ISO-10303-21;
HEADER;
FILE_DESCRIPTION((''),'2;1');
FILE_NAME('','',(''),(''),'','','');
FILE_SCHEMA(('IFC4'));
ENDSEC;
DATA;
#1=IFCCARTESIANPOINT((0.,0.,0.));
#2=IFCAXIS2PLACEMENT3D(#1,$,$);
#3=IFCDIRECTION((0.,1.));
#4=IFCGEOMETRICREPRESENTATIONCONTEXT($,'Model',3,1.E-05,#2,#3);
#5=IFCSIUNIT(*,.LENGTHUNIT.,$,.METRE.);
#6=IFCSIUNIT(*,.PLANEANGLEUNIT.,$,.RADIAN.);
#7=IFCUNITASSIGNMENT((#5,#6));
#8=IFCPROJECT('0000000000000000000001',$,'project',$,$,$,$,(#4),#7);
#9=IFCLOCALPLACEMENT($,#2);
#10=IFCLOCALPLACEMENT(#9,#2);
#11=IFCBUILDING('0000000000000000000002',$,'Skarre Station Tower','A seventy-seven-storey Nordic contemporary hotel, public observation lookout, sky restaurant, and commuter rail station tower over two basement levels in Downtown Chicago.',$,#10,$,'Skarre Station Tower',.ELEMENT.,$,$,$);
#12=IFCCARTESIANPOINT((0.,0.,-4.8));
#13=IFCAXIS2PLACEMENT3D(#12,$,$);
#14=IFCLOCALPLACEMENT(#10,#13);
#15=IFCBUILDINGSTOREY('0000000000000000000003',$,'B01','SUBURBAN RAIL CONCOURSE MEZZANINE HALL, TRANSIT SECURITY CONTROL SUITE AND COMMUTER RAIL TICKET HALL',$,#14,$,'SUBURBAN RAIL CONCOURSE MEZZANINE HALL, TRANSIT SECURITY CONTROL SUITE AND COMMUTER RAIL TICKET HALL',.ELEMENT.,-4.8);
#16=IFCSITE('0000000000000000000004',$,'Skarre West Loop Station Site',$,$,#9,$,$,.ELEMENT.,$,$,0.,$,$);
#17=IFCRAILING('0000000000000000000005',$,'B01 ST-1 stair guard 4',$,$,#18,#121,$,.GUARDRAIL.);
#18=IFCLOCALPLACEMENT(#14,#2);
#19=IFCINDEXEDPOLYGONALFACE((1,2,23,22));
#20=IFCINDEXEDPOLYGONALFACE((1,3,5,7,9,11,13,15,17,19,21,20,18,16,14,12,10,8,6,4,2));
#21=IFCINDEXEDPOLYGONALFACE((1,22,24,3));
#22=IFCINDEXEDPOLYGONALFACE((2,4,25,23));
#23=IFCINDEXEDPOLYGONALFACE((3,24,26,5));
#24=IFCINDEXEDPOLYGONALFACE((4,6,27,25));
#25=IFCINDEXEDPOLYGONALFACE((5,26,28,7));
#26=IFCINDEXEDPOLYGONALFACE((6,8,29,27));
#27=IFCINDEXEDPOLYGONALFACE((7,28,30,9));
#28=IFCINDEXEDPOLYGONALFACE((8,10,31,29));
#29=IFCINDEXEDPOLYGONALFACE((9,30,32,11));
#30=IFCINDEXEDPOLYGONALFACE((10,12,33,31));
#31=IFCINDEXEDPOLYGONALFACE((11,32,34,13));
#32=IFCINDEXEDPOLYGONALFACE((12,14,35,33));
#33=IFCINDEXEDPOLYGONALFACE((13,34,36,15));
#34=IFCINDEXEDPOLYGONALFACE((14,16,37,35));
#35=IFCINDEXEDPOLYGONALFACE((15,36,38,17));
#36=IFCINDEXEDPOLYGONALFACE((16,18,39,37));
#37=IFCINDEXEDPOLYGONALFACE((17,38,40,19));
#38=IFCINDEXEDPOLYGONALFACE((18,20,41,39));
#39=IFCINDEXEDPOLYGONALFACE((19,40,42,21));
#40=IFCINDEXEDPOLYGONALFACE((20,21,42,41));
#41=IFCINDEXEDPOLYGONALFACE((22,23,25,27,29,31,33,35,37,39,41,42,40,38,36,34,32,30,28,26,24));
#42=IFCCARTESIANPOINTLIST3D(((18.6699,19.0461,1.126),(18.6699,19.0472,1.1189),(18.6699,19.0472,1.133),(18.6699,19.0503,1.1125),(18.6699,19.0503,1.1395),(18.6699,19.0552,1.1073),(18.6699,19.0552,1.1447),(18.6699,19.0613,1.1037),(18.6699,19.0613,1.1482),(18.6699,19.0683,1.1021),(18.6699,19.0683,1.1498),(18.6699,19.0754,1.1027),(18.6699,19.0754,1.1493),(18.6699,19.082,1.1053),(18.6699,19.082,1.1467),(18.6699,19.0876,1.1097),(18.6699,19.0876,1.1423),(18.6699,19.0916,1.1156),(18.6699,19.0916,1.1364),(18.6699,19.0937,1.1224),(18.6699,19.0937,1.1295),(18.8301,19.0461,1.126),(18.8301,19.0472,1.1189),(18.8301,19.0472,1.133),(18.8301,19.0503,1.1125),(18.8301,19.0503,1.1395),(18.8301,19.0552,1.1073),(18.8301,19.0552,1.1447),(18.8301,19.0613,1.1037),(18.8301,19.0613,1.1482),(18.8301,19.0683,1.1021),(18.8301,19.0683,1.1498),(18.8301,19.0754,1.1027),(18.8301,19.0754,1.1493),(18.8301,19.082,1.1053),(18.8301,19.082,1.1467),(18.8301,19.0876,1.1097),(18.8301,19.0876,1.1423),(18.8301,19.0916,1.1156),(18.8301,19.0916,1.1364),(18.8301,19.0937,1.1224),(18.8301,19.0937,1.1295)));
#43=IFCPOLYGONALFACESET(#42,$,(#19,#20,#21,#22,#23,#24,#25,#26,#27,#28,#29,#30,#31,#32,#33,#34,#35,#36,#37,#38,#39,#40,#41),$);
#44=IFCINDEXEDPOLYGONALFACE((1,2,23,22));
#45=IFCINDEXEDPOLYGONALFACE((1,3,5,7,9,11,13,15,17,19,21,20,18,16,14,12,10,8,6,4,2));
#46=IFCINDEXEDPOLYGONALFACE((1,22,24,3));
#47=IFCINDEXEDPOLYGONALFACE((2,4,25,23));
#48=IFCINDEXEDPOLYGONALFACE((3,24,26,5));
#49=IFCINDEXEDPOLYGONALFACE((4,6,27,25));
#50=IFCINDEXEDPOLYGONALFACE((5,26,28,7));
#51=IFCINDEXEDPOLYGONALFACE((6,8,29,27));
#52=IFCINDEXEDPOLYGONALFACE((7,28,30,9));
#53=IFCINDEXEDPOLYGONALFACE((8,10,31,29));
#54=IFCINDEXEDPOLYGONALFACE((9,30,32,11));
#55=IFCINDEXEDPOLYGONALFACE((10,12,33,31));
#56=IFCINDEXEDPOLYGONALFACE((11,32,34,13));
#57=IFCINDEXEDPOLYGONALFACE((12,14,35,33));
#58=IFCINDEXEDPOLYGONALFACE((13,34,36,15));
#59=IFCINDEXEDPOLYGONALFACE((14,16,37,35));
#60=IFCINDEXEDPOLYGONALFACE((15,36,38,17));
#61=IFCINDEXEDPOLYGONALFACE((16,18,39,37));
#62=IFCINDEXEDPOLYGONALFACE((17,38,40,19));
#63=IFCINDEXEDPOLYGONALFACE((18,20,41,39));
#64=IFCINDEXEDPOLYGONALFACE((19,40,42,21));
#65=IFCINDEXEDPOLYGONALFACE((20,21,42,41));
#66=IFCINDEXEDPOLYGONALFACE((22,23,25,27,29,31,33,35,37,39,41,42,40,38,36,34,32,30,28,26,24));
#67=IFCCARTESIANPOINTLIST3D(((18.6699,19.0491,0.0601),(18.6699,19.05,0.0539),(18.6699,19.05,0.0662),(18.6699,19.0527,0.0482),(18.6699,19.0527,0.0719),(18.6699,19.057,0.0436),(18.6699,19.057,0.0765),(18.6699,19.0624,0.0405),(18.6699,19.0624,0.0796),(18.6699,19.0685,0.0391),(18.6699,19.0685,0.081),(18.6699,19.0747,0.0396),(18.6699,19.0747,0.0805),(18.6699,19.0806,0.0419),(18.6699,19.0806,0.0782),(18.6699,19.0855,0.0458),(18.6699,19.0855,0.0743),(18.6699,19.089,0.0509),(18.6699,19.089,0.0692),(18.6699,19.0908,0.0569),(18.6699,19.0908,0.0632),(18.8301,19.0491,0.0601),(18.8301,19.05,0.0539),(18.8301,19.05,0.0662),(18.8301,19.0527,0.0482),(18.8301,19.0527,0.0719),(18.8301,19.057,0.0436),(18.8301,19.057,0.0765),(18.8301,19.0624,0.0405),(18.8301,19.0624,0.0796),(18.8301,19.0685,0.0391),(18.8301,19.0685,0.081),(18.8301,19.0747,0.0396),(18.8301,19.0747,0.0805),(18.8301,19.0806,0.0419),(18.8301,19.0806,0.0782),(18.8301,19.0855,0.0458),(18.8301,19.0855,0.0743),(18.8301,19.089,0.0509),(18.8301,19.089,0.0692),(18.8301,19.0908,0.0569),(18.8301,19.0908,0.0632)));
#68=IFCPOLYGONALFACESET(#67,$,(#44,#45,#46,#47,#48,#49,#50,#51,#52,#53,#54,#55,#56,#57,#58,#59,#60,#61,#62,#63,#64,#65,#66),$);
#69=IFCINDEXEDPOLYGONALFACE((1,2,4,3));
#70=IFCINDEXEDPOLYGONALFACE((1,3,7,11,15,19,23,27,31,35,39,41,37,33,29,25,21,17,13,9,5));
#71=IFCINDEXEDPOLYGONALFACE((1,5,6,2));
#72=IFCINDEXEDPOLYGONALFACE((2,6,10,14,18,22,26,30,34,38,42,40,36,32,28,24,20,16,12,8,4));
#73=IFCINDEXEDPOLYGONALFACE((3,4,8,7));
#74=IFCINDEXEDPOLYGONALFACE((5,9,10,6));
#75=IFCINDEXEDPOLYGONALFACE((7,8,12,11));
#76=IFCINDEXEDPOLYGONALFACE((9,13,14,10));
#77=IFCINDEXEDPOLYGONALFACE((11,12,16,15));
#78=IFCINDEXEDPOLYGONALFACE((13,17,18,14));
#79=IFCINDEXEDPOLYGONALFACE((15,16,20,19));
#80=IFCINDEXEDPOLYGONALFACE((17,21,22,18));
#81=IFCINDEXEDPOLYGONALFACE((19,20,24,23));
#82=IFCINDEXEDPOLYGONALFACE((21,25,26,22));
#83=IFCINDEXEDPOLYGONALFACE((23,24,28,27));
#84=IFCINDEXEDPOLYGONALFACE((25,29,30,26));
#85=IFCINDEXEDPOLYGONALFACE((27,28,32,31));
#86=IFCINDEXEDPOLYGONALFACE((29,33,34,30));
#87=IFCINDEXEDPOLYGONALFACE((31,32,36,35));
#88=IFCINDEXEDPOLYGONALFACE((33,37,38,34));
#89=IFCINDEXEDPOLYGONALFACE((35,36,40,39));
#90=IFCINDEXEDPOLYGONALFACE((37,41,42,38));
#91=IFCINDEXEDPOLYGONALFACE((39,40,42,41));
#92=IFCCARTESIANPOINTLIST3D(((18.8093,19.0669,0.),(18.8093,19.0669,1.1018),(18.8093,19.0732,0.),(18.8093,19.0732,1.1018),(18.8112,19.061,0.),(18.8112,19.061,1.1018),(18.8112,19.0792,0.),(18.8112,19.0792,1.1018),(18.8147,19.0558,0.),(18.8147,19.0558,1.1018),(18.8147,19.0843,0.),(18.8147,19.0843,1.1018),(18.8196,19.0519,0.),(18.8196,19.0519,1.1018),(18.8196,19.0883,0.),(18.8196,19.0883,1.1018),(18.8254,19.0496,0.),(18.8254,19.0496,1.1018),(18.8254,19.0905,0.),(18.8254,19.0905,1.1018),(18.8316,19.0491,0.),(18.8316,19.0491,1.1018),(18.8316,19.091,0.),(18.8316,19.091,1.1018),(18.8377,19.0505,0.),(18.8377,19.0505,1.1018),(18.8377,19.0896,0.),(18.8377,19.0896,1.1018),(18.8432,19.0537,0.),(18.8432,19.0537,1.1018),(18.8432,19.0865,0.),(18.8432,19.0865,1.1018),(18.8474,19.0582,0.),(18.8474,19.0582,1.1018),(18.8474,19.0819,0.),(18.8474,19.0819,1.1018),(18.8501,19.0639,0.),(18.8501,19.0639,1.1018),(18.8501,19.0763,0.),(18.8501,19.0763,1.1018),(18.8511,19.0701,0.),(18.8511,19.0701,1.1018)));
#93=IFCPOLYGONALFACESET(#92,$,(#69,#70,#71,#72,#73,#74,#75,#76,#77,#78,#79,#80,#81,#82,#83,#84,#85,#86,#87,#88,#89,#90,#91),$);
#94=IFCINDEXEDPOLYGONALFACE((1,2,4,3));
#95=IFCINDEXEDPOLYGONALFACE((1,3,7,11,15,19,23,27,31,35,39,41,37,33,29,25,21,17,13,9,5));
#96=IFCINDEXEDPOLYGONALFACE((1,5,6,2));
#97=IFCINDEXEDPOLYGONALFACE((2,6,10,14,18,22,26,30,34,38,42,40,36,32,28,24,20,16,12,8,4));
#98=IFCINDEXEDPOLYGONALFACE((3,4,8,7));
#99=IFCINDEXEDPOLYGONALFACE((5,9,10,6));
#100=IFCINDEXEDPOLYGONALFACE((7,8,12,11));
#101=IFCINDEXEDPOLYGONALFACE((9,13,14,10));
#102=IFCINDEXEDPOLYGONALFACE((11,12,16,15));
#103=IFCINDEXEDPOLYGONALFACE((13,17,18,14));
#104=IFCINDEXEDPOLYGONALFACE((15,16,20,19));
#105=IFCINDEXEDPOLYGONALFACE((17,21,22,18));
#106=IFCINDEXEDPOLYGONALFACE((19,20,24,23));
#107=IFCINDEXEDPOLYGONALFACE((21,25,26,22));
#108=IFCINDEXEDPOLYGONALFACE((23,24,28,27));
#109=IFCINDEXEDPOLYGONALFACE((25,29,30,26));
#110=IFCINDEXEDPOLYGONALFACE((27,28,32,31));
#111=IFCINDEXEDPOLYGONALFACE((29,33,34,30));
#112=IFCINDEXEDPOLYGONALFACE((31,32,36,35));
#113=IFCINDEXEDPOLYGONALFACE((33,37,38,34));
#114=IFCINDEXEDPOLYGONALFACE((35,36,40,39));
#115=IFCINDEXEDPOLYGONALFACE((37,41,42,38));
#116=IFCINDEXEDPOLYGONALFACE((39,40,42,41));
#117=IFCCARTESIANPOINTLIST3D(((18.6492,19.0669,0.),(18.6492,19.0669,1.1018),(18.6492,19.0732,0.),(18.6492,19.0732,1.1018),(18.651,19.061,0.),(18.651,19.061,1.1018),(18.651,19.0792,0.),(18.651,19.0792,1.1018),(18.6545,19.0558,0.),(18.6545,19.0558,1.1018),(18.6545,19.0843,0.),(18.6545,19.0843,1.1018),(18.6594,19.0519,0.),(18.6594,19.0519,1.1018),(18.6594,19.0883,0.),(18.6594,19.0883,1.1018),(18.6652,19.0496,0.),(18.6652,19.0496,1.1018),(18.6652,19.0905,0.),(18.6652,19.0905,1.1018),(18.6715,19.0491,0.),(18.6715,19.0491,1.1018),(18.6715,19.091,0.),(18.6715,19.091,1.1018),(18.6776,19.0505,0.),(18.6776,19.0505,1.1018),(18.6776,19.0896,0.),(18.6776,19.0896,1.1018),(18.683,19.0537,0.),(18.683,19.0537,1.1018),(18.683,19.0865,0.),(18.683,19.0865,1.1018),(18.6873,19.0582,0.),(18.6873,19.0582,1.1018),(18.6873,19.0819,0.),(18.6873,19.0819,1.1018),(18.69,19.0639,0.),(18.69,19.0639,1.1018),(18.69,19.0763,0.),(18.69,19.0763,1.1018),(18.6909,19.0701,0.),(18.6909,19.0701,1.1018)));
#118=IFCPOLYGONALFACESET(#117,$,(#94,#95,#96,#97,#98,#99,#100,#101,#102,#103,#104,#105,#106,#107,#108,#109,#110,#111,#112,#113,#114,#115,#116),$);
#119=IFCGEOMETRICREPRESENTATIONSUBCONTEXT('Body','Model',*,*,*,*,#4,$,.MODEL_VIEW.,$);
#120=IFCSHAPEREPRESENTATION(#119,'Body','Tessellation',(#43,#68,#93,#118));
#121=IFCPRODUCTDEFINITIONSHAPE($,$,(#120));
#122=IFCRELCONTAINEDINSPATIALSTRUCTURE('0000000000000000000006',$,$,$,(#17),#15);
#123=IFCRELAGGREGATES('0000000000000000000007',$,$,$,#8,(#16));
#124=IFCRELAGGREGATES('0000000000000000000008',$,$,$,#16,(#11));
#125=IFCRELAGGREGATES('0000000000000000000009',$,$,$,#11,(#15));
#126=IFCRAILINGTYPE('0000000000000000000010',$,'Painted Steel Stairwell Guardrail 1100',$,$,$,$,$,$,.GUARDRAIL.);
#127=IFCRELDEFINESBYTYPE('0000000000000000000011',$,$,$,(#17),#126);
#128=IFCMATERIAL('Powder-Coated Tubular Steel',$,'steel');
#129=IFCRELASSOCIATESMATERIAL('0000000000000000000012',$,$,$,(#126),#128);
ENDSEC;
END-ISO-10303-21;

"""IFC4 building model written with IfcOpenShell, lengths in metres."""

from ifc_helpers import new_model, si_unit, direction, frame, origin, origin_2d, place, context, subcontext, project, spatial, circle, extrude, material, type_object, element, save


model = new_model("IFC4")

# Units and contexts
model_context = context("Model", 3, precision=1e-05, world=origin(), true_north=direction((0.0, 1.0)))
body_context = subcontext(model_context, "Body", "Model", "MODEL_VIEW")
ifc_project = project(units=[si_unit("LENGTHUNIT", "METRE"), si_unit("PLANEANGLEUNIT", "RADIAN")], contexts=[model_context])

# Site, building, storey
site_placement = place(None, origin())
site = spatial("IfcSite", under=ifc_project, at=site_placement, Name="Skarre West Loop Station Site", CompositionType="ELEMENT", RefElevation=0.0)
building_placement = place(site_placement, origin())
building = spatial("IfcBuilding", under=site, at=building_placement, Name="Skarre Station Tower", Description="A seventy-seven-storey Nordic contemporary hotel, public observation lookout, sky restaurant, and commuter rail station tower over two basement levels in Downtown Chicago.", LongName="Skarre Station Tower", CompositionType="ELEMENT")
storey_placement = place(building_placement, frame((0.0, 0.0, -4.8)))
storey = spatial("IfcBuildingStorey", under=building, at=storey_placement, Name="B01", Description="SUBURBAN RAIL CONCOURSE MEZZANINE HALL, TRANSIT SECURITY CONTROL SUITE AND COMMUTER RAIL TICKET HALL", LongName="SUBURBAN RAIL CONCOURSE MEZZANINE HALL, TRANSIT SECURITY CONTROL SUITE AND COMMUTER RAIL TICKET HALL", CompositionType="ELEMENT", Elevation=-4.8)

# Railing
ifc_material_1 = material(Name="Powder-Coated Tubular Steel", Category="steel")
railing_type_1 = type_object("IfcRailingType", Name="Painted Steel Stairwell Guardrail 1100", PredefinedType="GUARDRAIL", material=ifc_material_1)
railing_1_placement = place(storey_placement, frame((18.8301, 19.0701, 0.0)))
element("IfcRailing", 1, at=railing_1_placement, inside=storey, type_object=railing_type_1, Name="B01 ST-1 stair guard 4", PredefinedType="GUARDRAIL", context=body_context, shape_type="SweptSolid", body=[
    extrude(circle(Radius=0.0239, at=origin_2d()), frame((0.0, 0.0, 1.126), z_axis=(-1.0, 0.0, 0.0), x_axis=(0.0, -1.0, 0.0)), (0.0, 0.0, 1.0), 0.1602),
    extrude(circle(Radius=0.021, at=origin_2d()), frame((0.0, 0.0, 0.0601), z_axis=(-1.0, 0.0, 0.0), x_axis=(0.0, -1.0, 0.0)), (0.0, 0.0, 1.0), 0.1602),
    extrude(circle(Radius=0.021, at=origin_2d()), origin(), (0.0, 0.0, 1.0), 1.1018),
    extrude(circle(Radius=0.021, at=origin_2d()), frame((-0.1602, 0.0, 0.0)), (0.0, 0.0, 1.0), 1.1018),
])

save(model, "model.ifc")
